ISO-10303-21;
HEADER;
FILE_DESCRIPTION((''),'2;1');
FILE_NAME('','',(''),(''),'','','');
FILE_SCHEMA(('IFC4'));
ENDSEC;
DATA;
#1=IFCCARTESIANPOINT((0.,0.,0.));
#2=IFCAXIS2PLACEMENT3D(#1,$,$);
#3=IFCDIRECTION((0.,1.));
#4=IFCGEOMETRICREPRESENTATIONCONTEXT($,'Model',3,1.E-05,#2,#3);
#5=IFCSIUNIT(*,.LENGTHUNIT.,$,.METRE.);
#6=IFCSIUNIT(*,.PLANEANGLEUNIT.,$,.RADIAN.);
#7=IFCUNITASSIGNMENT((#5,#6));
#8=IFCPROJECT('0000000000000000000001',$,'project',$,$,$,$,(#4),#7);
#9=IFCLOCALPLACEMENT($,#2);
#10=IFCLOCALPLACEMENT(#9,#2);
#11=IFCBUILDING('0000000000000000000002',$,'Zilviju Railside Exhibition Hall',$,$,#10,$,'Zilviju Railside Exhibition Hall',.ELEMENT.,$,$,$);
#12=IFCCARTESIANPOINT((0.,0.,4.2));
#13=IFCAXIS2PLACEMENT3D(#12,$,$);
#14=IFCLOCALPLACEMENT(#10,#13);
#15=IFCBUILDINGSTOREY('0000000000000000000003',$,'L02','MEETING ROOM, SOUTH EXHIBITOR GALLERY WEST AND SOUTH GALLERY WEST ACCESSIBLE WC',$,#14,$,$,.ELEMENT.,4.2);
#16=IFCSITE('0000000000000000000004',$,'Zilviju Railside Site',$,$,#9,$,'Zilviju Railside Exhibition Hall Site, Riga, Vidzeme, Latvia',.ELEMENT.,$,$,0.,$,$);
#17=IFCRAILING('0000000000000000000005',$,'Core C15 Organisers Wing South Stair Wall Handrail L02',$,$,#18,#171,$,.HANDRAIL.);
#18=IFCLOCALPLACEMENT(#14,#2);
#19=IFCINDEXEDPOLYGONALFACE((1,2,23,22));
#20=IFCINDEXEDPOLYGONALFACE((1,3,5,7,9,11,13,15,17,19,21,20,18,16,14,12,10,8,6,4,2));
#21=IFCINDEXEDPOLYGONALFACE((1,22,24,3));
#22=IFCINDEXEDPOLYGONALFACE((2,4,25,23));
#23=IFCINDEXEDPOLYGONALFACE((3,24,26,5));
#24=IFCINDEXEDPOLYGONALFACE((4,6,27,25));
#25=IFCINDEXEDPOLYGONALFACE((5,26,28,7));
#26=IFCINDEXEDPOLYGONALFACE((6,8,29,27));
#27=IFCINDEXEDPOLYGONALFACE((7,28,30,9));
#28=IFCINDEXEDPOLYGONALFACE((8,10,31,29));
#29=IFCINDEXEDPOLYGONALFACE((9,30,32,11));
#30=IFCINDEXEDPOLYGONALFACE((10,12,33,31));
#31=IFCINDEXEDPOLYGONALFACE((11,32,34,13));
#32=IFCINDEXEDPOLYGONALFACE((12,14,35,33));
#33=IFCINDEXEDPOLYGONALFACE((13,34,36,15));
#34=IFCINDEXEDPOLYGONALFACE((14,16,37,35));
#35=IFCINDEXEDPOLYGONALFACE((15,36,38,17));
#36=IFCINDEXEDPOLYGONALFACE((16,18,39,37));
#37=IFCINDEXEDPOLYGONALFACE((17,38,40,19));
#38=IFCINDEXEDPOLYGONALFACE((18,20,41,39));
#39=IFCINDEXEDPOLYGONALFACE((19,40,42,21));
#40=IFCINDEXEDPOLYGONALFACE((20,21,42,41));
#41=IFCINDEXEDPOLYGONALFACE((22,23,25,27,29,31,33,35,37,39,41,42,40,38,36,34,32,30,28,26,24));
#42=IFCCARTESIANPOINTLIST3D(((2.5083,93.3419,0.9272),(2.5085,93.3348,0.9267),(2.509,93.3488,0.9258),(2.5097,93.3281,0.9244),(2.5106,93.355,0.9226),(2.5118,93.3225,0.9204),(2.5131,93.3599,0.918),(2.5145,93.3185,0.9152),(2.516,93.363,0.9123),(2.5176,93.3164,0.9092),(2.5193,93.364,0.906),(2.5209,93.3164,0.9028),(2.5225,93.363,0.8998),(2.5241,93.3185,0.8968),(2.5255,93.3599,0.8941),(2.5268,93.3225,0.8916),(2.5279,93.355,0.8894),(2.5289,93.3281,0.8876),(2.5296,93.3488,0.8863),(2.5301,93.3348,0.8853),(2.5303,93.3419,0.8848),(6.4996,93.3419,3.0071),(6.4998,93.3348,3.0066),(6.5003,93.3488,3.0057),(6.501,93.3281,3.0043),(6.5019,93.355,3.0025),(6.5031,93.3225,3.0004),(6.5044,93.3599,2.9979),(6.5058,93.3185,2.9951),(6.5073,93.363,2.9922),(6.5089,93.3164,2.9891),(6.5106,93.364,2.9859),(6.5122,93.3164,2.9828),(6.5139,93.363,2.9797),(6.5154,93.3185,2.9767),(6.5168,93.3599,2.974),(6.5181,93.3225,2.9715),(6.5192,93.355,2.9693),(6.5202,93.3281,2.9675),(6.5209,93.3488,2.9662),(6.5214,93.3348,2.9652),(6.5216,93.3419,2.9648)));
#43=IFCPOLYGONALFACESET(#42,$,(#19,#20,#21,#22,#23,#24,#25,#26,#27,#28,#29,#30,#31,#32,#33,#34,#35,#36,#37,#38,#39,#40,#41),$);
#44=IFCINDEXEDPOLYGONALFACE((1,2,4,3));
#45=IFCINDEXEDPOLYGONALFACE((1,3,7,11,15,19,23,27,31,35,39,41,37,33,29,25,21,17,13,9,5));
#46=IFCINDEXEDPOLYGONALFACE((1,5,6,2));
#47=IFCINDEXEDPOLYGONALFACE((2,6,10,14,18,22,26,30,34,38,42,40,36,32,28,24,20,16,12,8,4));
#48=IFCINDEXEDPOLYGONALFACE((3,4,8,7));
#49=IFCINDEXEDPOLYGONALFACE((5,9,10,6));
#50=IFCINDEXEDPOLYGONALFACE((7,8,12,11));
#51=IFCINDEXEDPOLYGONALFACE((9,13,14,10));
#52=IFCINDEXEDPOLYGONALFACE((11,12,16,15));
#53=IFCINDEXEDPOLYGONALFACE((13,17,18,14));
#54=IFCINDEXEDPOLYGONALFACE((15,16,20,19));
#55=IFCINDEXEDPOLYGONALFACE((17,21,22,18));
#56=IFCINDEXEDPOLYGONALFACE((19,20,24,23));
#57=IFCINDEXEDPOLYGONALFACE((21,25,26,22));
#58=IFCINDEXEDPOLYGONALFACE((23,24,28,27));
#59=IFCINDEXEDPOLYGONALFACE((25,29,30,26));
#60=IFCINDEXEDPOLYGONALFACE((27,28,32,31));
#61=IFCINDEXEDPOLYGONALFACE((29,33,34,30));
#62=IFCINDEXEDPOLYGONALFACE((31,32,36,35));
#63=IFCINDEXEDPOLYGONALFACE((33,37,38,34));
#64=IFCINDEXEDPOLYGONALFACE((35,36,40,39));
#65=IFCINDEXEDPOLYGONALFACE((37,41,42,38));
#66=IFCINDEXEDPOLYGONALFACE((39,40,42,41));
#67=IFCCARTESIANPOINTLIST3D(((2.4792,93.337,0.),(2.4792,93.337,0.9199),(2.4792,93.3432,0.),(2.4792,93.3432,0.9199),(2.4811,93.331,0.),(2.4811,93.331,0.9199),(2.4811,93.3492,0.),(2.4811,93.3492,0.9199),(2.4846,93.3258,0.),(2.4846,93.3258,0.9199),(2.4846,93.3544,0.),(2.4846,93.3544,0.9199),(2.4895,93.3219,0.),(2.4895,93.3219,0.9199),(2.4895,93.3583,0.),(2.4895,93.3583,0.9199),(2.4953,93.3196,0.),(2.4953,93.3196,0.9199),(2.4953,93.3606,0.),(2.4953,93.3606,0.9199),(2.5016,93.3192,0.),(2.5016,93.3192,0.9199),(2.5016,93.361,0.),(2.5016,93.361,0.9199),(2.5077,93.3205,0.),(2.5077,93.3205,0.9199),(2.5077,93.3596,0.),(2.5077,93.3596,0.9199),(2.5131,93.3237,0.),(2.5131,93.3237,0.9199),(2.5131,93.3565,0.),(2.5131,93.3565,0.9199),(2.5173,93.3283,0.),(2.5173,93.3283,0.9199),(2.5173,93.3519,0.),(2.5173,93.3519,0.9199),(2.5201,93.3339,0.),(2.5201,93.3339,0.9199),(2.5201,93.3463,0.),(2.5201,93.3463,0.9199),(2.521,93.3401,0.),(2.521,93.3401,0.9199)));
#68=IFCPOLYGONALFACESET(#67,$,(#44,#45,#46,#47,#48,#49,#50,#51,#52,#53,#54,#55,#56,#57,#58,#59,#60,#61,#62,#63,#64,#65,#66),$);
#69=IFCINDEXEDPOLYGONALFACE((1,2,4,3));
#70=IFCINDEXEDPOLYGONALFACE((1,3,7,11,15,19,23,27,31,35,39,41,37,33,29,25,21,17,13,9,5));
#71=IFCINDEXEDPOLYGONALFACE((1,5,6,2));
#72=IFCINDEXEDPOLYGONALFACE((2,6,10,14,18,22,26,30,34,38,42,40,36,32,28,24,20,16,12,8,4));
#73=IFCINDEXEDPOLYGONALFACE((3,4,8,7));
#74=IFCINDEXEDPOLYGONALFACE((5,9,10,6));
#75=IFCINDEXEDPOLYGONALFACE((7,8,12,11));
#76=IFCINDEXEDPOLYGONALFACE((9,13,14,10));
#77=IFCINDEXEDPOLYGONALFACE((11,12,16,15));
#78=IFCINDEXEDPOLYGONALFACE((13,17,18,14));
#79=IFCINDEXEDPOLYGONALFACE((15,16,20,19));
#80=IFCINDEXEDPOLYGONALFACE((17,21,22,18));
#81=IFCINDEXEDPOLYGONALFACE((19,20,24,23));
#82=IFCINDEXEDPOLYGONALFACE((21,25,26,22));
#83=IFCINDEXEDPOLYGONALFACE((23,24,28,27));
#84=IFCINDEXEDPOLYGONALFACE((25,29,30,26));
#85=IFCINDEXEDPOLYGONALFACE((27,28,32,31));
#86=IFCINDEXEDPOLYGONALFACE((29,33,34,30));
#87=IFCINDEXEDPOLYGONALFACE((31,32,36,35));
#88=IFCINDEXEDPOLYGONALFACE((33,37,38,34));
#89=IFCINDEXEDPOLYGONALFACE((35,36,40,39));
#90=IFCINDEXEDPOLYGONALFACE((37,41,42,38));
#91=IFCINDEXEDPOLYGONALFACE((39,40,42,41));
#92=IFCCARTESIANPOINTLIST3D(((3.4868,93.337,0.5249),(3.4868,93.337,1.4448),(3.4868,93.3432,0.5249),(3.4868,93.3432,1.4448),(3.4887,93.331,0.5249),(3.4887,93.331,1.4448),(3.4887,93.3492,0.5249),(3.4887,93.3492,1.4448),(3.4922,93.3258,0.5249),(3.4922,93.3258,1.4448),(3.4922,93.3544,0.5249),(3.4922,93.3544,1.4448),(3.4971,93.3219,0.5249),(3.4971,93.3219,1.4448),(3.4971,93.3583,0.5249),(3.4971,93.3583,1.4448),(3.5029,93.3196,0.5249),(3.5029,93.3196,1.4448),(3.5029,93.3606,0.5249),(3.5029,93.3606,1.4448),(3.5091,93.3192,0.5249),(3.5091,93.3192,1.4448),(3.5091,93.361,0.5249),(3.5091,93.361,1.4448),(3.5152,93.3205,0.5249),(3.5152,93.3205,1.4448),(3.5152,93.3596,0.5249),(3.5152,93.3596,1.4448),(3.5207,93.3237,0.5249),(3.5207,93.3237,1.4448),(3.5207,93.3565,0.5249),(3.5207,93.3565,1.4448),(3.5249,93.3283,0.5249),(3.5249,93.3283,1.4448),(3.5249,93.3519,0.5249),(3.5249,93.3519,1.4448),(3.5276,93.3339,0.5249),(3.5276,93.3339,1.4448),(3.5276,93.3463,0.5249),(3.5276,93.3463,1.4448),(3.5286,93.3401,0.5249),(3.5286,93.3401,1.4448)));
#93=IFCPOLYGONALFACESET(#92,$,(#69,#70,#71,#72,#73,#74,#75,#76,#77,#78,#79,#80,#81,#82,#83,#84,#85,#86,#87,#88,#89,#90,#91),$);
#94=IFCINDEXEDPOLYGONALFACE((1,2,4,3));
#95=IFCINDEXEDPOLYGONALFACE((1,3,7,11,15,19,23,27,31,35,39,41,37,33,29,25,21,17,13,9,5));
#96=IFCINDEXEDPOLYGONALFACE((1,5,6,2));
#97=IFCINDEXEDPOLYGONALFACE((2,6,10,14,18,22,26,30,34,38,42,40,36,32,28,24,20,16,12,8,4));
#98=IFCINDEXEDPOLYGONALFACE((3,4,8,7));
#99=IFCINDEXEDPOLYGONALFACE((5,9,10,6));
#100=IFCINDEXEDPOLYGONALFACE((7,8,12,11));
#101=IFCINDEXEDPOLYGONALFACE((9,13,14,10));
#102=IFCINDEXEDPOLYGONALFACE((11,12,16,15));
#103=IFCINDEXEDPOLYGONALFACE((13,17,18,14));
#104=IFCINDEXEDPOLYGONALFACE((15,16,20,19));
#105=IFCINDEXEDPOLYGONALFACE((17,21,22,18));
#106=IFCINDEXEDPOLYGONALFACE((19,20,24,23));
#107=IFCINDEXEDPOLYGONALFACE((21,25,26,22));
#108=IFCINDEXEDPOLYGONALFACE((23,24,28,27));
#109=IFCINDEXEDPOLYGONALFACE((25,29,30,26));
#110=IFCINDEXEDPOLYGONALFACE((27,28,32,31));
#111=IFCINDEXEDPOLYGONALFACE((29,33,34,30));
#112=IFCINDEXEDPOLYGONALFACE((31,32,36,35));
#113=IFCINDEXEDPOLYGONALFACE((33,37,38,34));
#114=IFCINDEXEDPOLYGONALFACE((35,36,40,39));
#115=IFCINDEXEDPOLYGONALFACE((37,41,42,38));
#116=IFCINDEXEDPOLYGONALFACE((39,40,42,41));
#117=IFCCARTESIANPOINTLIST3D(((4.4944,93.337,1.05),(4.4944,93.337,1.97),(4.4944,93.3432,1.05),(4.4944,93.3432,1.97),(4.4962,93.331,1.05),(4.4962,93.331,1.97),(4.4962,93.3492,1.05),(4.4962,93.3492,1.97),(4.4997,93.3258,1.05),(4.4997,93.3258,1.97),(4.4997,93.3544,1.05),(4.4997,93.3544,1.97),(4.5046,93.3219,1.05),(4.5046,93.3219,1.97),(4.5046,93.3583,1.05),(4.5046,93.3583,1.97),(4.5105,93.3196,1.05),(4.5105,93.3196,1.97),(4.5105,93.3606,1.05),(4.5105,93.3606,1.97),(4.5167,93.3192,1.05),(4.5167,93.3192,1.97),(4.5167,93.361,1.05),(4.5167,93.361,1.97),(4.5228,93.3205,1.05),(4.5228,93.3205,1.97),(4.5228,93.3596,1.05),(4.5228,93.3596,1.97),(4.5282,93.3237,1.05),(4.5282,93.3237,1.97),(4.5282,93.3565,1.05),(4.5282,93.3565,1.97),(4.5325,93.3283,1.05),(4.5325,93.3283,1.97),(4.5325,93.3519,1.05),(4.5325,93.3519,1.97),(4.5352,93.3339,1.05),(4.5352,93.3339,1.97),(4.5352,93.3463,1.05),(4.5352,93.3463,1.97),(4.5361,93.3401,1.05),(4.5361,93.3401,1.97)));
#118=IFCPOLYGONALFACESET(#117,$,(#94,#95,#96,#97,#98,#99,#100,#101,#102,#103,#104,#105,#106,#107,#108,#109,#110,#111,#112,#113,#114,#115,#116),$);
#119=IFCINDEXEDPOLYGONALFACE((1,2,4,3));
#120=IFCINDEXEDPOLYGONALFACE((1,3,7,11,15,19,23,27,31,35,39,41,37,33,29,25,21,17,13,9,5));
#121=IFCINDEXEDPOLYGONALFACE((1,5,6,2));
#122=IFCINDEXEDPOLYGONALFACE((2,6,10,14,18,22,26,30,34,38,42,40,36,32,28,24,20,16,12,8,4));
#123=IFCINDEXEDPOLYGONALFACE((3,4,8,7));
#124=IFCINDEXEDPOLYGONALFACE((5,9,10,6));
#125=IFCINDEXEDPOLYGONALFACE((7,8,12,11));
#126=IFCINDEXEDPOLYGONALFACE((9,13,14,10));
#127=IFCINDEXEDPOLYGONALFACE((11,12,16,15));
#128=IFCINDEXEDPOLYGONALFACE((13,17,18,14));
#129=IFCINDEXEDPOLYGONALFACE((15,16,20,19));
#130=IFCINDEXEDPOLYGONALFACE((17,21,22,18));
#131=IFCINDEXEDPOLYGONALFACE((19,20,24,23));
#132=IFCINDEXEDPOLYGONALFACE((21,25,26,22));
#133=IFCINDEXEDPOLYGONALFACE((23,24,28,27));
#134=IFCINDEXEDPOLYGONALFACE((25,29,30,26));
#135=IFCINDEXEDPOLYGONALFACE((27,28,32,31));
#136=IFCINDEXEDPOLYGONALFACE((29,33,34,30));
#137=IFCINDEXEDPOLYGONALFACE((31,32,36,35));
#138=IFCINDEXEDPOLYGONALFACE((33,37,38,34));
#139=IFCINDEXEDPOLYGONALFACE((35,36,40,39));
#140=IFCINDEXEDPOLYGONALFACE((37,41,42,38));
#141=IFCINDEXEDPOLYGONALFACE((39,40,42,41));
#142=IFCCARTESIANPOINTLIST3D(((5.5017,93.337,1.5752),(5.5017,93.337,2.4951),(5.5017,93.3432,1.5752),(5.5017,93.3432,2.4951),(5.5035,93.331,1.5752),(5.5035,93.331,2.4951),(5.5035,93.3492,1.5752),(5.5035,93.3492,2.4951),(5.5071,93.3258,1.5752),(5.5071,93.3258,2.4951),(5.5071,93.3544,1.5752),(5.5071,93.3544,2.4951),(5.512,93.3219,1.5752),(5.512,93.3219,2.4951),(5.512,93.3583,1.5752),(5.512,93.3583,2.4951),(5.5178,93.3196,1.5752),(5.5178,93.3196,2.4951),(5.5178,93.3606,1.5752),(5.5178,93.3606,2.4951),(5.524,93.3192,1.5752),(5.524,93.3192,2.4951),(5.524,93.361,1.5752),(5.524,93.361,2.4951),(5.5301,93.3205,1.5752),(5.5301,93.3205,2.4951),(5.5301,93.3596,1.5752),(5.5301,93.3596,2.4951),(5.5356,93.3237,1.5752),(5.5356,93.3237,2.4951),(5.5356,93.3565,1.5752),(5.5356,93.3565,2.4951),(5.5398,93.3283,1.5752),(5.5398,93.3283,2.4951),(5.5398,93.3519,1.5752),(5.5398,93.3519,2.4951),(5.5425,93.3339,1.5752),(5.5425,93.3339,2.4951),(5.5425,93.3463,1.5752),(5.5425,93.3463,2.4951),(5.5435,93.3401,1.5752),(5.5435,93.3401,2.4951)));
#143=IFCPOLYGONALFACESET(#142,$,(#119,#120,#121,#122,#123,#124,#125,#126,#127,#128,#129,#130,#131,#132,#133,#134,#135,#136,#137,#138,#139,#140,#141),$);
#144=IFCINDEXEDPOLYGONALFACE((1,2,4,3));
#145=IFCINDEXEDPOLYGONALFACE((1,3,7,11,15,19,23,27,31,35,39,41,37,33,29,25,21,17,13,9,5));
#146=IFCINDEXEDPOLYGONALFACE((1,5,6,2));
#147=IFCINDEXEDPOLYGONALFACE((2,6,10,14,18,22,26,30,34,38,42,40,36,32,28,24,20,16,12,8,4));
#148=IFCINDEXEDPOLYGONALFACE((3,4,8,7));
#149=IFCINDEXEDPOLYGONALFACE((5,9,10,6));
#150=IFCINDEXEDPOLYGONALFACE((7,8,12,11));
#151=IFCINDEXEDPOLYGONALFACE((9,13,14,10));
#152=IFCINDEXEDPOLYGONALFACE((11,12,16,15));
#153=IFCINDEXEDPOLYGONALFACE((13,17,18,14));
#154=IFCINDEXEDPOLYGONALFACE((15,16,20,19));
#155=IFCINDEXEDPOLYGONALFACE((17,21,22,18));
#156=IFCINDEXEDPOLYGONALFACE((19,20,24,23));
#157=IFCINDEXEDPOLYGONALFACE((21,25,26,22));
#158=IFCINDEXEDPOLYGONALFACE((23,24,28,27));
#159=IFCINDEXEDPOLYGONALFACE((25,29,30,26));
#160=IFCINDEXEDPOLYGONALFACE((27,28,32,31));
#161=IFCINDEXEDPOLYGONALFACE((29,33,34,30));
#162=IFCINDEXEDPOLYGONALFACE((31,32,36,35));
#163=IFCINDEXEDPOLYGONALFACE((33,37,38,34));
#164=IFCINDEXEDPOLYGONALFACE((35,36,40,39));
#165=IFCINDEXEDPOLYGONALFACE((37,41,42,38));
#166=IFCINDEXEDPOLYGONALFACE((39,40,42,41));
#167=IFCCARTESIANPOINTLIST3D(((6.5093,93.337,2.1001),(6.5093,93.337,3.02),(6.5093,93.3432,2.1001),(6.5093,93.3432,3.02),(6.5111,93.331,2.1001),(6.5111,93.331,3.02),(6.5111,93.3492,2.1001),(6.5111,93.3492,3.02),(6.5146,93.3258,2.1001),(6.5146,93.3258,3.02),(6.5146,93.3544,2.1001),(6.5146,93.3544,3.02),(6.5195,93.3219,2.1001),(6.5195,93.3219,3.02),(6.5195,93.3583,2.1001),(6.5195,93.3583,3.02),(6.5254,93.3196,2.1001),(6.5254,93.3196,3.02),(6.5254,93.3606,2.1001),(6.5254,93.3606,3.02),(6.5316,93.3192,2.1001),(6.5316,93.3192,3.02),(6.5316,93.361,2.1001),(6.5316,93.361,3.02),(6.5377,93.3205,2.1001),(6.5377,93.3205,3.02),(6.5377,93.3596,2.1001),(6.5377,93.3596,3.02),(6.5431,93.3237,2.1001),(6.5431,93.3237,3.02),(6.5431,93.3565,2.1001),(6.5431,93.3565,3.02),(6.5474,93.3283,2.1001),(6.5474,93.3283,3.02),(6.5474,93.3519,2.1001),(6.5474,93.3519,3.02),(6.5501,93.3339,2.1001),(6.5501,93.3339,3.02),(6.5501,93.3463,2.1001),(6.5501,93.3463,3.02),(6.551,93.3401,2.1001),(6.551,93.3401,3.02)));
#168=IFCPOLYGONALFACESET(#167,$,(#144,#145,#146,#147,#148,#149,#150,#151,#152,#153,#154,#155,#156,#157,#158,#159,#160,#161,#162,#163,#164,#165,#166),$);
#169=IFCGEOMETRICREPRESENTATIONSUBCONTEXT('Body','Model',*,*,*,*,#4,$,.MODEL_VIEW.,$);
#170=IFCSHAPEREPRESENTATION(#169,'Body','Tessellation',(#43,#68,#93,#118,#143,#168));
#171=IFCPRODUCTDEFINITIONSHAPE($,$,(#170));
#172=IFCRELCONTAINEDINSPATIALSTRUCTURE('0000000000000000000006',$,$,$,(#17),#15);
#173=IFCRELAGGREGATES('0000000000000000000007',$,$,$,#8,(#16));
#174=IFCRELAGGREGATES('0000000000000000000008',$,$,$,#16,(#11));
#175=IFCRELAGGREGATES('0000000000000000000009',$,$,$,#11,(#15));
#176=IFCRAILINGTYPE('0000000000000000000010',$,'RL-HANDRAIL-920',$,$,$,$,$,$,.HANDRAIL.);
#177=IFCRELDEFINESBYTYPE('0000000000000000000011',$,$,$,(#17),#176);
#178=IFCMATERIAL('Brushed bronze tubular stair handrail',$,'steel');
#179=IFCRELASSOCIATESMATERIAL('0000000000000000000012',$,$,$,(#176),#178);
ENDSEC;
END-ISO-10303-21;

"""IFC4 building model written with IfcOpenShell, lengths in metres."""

from ifc_helpers import new_model, si_unit, direction, frame, origin, origin_2d, place, context, subcontext, project, spatial, circle, extrude, material, type_object, element, save


model = new_model("IFC4")

# Units and contexts
model_context = context("Model", 3, precision=1e-05, world=origin(), true_north=direction((0.0, 1.0)))
body_context = subcontext(model_context, "Body", "Model", "MODEL_VIEW")
ifc_project = project(units=[si_unit("LENGTHUNIT", "METRE"), si_unit("PLANEANGLEUNIT", "RADIAN")], contexts=[model_context])

# Site, building, storey
site_placement = place(None, origin())
site = spatial("IfcSite", under=ifc_project, at=site_placement, Name="Zilviju Railside Site", LongName="Zilviju Railside Exhibition Hall Site, Riga, Vidzeme, Latvia", CompositionType="ELEMENT", RefElevation=0.0)
building_placement = place(site_placement, origin())
building = spatial("IfcBuilding", under=site, at=building_placement, Name="Zilviju Railside Exhibition Hall", LongName="Zilviju Railside Exhibition Hall", CompositionType="ELEMENT")
storey_placement = place(building_placement, frame((0.0, 0.0, 4.2)))
storey = spatial("IfcBuildingStorey", under=building, at=storey_placement, Name="L02", Description="MEETING ROOM, SOUTH EXHIBITOR GALLERY WEST AND SOUTH GALLERY WEST ACCESSIBLE WC", CompositionType="ELEMENT", Elevation=4.2)

# Railing
ifc_material_1 = material(Name="Brushed bronze tubular stair handrail", Category="steel")
railing_type = type_object("IfcRailingType", Name="RL-HANDRAIL-920", PredefinedType="HANDRAIL", material=ifc_material_1)
railing_placement = place(storey_placement, frame((2.5, 93.3401, 0.0)))
element("IfcRailing", 1, at=railing_placement, inside=storey, type_object=railing_type, Name="Core C15 Organisers Wing South Stair Wall Handrail L02", PredefinedType="HANDRAIL", context=body_context, shape_type="SweptSolid", body=[
    extrude(circle(Radius=0.0239, at=origin_2d()), frame((0.0193, 0.0, 0.906), z_axis=(0.886813, 0.0, 0.462129), x_axis=(0.0, 1.0, 0.0)), (0.0, 0.0, 1.0), 4.5007),
    extrude(circle(Radius=0.021, at=origin_2d()), origin(), (0.0, 0.0, 1.0), 0.9199),
    extrude(circle(Radius=0.021, at=origin_2d()), frame((1.0076, 0.0, 0.5249)), (0.0, 0.0, 1.0), 0.9199),
    extrude(circle(Radius=0.021, at=origin_2d()), frame((2.0151, 0.0, 1.05)), (0.0, 0.0, 1.0), 0.9199),
    extrude(circle(Radius=0.021, at=origin_2d()), frame((3.0225, 0.0, 1.5752)), (0.0, 0.0, 1.0), 0.9199),
    extrude(circle(Radius=0.021, at=origin_2d()), frame((4.03, 0.0, 2.1001)), (0.0, 0.0, 1.0), 0.9199),
])

save(model, "model.ifc")
